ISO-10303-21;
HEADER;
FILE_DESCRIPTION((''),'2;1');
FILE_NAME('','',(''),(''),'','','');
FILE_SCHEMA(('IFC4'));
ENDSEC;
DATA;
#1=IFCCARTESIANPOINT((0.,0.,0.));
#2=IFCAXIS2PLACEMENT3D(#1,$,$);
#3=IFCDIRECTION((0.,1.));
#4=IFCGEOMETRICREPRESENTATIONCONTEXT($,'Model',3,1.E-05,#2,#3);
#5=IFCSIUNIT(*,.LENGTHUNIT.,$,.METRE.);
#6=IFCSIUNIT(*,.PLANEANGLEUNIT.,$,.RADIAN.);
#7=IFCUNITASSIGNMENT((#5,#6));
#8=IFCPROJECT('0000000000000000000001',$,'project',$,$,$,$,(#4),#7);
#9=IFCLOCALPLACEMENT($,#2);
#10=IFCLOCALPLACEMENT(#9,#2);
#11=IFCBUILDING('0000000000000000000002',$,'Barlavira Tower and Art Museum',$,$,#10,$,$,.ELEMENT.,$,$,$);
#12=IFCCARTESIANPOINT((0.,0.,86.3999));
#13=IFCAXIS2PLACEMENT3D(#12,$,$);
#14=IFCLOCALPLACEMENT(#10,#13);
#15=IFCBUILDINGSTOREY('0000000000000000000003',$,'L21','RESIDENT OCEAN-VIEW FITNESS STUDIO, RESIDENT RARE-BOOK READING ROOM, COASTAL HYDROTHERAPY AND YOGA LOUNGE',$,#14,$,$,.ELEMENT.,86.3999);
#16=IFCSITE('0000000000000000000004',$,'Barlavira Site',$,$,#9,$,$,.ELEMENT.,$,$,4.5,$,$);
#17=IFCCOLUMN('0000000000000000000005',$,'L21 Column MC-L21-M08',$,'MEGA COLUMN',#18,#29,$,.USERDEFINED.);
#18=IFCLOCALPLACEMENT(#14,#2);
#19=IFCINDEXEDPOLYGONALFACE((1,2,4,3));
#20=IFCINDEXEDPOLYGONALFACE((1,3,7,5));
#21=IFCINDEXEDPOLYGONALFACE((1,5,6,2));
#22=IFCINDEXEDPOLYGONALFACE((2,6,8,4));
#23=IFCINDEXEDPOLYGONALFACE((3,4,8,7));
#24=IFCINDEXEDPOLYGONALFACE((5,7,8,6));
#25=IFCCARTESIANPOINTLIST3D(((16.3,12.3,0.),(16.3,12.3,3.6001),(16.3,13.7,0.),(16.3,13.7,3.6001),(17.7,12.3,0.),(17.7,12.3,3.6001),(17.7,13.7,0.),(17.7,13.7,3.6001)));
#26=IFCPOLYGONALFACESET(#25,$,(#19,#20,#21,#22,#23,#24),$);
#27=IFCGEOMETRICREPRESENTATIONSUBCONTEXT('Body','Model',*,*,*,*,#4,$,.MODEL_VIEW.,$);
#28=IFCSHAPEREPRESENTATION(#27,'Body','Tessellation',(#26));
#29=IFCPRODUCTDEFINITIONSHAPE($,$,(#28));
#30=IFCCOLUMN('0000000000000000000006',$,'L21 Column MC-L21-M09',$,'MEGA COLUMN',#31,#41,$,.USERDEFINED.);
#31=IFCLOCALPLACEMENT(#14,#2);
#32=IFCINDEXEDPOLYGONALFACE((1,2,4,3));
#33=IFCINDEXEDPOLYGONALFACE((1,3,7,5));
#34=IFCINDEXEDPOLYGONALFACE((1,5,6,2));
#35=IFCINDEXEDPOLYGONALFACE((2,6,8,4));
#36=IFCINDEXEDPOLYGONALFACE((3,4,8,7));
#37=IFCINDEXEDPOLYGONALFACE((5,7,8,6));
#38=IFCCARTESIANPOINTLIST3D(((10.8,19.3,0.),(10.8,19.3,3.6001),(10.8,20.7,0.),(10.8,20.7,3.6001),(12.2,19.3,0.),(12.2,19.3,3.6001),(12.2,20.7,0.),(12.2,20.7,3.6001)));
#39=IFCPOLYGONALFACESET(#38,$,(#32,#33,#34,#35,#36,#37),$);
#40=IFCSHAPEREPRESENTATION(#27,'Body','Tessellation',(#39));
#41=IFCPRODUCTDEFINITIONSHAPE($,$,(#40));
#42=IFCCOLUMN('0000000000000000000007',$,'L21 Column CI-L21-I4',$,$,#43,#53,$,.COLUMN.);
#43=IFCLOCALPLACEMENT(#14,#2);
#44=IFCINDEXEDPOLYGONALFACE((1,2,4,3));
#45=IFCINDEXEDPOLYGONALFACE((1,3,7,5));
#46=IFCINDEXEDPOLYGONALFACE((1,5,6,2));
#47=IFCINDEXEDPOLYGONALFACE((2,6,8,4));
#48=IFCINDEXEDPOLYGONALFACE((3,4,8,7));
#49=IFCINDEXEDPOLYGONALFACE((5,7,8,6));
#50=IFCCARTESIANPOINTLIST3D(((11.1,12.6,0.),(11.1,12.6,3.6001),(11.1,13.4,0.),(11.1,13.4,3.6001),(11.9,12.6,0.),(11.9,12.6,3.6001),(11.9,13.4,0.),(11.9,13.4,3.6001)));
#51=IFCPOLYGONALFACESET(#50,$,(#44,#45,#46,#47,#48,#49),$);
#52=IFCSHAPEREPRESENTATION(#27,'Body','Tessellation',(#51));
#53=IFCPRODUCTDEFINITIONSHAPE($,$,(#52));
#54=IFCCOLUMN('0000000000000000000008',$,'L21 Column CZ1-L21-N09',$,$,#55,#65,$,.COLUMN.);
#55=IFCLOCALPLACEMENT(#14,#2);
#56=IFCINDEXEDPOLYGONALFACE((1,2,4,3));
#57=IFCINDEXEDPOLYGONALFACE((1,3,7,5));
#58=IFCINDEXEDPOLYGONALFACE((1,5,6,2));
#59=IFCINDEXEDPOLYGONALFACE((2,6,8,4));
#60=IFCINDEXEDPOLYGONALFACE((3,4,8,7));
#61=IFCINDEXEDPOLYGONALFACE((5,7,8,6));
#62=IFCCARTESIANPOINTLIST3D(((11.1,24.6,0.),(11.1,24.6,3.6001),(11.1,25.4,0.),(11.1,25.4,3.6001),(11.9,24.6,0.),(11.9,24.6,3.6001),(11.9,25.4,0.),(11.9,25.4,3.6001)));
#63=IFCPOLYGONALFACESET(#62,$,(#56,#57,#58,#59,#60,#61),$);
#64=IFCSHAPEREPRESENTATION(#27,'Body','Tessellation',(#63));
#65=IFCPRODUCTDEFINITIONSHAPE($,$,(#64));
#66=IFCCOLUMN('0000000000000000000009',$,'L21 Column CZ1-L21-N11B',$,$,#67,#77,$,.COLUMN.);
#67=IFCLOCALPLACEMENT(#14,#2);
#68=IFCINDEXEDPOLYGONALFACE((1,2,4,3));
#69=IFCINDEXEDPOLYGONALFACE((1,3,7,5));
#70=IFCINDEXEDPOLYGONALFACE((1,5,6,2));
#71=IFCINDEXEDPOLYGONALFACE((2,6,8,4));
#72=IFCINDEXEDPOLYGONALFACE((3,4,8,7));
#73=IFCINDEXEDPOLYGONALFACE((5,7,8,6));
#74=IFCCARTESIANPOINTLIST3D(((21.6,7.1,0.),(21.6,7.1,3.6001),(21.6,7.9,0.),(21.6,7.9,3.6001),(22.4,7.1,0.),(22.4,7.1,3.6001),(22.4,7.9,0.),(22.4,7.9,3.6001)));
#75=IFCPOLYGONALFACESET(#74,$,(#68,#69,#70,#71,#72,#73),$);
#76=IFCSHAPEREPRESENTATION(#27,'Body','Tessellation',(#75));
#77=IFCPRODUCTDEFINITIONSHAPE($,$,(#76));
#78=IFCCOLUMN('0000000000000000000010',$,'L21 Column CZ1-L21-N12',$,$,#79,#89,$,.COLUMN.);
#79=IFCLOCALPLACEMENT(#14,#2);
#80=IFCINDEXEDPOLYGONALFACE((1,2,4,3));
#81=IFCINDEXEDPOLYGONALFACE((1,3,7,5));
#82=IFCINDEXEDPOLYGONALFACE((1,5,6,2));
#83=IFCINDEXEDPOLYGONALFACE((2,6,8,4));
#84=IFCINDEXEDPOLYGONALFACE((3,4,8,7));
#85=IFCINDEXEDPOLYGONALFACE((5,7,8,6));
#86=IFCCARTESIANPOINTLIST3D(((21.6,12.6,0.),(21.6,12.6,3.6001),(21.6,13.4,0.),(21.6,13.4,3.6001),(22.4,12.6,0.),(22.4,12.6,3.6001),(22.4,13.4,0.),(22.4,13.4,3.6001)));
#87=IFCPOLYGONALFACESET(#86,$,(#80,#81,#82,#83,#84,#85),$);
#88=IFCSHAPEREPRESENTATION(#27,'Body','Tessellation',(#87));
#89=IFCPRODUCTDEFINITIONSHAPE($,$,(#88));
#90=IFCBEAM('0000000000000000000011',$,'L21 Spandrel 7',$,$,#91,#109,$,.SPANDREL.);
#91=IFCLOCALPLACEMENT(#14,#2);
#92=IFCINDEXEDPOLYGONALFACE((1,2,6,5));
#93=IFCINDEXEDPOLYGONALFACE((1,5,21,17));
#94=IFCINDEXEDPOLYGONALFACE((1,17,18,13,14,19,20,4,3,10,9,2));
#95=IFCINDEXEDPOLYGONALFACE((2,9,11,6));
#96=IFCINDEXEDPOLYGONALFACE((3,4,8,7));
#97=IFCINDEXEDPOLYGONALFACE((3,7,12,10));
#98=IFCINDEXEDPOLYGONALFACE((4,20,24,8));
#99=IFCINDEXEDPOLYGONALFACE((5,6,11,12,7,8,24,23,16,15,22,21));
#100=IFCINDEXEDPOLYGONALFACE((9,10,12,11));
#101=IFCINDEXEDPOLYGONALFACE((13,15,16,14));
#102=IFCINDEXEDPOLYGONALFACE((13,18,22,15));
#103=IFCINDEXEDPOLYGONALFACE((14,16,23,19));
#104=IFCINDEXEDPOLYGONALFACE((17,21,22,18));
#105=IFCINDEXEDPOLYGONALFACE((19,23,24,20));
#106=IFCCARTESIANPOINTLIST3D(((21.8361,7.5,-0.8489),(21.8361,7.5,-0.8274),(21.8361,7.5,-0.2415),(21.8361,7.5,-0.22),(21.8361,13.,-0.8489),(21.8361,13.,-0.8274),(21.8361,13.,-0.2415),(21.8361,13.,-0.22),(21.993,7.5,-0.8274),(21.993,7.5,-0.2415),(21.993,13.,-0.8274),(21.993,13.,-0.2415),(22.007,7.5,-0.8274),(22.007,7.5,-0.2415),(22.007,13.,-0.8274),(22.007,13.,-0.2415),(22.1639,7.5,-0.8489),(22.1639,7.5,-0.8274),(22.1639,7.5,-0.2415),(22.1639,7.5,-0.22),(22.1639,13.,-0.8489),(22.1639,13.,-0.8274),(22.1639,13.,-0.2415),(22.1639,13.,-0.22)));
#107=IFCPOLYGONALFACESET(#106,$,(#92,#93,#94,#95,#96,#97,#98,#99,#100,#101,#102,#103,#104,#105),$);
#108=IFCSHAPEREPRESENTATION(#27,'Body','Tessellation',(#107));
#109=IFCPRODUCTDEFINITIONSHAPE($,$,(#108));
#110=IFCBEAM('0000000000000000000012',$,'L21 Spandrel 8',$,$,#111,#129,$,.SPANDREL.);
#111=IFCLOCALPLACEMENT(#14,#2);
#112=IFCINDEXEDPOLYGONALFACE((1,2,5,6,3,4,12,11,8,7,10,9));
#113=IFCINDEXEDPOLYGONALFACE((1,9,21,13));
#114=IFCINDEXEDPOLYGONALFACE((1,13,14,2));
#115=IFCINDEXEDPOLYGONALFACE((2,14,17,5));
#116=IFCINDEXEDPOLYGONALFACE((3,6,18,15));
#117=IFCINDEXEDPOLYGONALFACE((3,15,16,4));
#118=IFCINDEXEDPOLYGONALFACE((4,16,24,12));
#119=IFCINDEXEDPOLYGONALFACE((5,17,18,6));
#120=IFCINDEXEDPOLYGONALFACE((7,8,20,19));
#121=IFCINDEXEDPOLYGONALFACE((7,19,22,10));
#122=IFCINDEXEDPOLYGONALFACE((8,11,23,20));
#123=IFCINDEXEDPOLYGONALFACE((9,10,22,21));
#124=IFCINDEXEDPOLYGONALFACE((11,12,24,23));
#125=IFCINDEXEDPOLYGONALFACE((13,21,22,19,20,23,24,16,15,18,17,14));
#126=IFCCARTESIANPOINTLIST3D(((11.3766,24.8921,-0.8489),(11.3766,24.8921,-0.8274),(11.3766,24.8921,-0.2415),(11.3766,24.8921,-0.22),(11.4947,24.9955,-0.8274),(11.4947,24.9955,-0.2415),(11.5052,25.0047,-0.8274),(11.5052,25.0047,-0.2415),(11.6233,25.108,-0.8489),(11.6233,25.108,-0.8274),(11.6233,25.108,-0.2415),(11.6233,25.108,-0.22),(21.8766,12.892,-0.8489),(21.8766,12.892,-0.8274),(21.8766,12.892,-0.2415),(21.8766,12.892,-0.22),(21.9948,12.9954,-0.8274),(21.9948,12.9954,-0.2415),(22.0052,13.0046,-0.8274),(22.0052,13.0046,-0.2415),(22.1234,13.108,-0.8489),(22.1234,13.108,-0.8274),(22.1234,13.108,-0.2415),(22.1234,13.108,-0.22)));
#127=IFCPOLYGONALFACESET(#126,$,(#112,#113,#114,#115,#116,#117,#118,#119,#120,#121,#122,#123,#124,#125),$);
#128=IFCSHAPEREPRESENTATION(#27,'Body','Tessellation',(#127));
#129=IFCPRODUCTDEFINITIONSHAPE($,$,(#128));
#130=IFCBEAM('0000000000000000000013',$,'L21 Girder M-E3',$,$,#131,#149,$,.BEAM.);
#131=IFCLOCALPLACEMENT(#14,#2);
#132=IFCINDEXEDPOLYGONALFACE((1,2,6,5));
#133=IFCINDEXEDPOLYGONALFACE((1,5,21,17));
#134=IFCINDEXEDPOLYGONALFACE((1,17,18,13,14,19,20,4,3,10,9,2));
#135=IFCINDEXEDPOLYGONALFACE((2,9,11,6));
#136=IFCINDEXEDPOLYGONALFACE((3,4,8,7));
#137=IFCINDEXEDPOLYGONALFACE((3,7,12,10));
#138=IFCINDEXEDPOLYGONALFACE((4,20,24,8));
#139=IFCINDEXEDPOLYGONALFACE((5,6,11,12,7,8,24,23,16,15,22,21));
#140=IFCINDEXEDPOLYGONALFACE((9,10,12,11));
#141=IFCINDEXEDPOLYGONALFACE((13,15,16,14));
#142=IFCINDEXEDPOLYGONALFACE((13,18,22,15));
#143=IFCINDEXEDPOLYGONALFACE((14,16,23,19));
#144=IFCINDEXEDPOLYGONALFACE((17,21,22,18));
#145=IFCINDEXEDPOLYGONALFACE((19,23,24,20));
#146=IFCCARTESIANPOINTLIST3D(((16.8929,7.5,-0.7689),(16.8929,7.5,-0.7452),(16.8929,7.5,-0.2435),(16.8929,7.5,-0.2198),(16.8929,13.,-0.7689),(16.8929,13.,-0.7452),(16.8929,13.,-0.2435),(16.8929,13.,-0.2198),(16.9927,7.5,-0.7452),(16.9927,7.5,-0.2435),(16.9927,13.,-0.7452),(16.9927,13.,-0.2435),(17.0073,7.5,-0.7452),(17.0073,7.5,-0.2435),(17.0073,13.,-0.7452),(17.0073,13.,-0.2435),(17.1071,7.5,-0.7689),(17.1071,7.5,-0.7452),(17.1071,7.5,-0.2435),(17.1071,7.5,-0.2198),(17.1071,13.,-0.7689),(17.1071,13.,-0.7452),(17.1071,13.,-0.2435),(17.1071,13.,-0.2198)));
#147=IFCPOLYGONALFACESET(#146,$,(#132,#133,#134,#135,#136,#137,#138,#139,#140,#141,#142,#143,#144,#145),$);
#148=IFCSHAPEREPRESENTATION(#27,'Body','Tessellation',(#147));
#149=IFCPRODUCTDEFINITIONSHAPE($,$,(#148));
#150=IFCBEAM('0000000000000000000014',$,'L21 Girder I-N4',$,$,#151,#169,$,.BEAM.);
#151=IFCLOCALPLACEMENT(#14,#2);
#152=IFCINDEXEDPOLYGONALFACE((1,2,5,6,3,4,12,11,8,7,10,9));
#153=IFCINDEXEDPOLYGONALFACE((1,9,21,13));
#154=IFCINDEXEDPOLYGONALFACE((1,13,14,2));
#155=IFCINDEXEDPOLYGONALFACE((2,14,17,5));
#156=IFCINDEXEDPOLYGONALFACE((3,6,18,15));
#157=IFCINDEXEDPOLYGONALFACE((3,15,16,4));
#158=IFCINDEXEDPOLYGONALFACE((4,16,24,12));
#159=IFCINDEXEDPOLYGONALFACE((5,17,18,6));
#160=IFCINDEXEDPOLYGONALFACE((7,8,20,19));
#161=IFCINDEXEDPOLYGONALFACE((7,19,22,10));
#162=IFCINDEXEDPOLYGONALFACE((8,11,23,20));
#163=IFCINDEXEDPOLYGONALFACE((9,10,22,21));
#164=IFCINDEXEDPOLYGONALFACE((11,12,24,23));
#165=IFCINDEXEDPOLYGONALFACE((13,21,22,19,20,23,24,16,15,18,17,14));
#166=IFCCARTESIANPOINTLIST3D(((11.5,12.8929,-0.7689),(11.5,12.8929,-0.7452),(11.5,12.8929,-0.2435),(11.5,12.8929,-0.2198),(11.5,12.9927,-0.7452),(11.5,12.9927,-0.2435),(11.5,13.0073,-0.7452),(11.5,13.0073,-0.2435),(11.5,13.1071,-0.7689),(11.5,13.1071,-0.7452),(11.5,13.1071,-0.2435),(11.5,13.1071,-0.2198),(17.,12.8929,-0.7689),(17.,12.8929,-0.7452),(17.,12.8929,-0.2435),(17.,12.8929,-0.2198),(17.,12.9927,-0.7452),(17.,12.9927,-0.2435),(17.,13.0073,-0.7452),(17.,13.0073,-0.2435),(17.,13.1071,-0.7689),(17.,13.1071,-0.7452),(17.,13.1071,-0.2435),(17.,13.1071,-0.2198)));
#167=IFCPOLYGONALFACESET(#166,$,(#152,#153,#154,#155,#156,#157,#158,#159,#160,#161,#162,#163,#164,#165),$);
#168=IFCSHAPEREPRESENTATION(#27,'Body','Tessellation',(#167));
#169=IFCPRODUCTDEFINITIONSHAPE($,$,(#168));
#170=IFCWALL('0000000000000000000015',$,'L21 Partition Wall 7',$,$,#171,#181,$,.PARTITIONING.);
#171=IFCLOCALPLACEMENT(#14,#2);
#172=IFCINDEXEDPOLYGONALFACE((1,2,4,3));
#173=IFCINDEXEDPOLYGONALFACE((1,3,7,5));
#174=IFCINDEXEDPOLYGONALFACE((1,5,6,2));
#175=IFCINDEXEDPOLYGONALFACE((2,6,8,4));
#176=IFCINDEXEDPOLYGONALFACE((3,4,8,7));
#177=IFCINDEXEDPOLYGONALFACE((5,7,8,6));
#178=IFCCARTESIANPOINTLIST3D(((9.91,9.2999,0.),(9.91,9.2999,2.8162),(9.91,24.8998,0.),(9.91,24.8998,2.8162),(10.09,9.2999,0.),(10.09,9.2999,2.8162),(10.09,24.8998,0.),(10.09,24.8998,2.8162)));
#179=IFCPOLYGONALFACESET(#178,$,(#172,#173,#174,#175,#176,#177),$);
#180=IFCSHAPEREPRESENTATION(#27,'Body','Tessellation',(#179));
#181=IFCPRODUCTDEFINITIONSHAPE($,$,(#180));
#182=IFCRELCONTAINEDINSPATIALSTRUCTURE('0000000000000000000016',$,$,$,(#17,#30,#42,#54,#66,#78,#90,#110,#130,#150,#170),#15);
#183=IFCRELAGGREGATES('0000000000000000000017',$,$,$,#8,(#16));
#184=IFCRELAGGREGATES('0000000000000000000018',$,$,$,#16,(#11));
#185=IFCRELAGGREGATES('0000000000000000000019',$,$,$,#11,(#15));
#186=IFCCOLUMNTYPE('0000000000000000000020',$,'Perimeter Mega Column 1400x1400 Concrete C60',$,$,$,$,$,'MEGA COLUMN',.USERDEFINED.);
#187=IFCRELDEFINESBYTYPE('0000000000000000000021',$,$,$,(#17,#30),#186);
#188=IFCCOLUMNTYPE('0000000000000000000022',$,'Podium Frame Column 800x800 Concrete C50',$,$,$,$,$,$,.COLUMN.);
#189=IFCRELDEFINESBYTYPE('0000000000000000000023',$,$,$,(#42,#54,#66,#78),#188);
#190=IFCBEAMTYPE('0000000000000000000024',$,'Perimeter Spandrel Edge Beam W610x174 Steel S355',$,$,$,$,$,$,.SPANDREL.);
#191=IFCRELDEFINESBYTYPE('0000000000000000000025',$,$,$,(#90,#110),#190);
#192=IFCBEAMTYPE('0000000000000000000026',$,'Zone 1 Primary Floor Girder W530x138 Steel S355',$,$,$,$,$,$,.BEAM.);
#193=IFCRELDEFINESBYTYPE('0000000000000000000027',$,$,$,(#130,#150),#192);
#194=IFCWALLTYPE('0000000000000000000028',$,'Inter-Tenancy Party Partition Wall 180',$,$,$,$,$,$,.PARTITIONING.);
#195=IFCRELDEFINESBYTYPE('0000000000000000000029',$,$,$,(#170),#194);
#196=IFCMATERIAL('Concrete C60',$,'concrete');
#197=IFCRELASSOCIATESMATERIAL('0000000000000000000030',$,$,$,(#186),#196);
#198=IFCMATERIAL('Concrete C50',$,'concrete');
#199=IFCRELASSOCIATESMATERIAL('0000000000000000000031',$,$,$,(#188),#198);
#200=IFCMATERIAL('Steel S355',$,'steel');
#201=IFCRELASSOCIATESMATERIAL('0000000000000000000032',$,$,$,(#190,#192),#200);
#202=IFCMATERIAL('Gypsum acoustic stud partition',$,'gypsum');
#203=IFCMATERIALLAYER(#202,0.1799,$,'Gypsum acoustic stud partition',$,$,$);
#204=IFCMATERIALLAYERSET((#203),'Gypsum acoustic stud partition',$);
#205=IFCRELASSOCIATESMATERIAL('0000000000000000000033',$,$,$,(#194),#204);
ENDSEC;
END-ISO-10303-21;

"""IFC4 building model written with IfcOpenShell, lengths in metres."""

from ifc_helpers import new_model, si_unit, direction, frame, frame_2d, origin, origin_2d, place, context, subcontext, project, spatial, rectangle, i_section, extrude, material, layer, layer_set, material_profile, profile_set, type_object, element, save


model = new_model("IFC4")

# Units and contexts
model_context = context("Model", 3, precision=1e-05, world=origin(), true_north=direction((0.0, 1.0)))
body_context = subcontext(model_context, "Body", "Model", "MODEL_VIEW")
ifc_project = project(units=[si_unit("LENGTHUNIT", "METRE"), si_unit("PLANEANGLEUNIT", "RADIAN")], contexts=[model_context])

# Site, building, storey
site_placement = place(None, origin())
site = spatial("IfcSite", under=ifc_project, at=site_placement, Name="Barlavira Site", CompositionType="ELEMENT", RefElevation=4.5)
building_placement = place(site_placement, origin())
building = spatial("IfcBuilding", under=site, at=building_placement, Name="Barlavira Tower and Art Museum", CompositionType="ELEMENT")
storey_placement = place(building_placement, frame((0.0, 0.0, 86.3999)))
storey = spatial("IfcBuildingStorey", under=building, at=storey_placement, Name="L21", Description="RESIDENT OCEAN-VIEW FITNESS STUDIO, RESIDENT RARE-BOOK READING ROOM, COASTAL HYDROTHERAPY AND YOGA LOUNGE", CompositionType="ELEMENT", Elevation=86.3999)

# Columns
ifc_material_1 = material(Name="Concrete C60", Category="concrete")
ifc_material_profile_1 = material_profile(ifc_material_1, rectangle(XDim=1.3999, YDim=1.3999, at=origin_2d()), Name="RC-MCOL 1400x1400")
ifc_profile_set_1 = profile_set([ifc_material_profile_1], Name="Concrete C60")
column_type_1 = type_object("IfcColumnType", Name="Perimeter Mega Column 1400x1400 Concrete C60", ElementType="MEGA COLUMN", PredefinedType="USERDEFINED", material=ifc_profile_set_1)
for number, where, z_axis, x_axis, name in (
    (1, (17.0, 13.0, 0.0), (0.0, 0.0, 1.0), (1.0, 0.0, 0.0), "L21 Column MC-L21-M08"),
    (2, (11.5, 20.0, 0.0), (0.0, 0.0, 1.0), (1.0, 0.0, 0.0), "L21 Column MC-L21-M09"),
):
    element("IfcColumn", number, at=place(storey_placement, frame(where, z_axis=z_axis, x_axis=x_axis)), inside=storey, type_object=column_type_1, Name=name, ObjectType="MEGA COLUMN", PredefinedType="USERDEFINED", context=body_context, shape_type="SweptSolid", body=[
        extrude(rectangle(XDim=1.3999, YDim=1.3999, at=origin_2d()), origin(), (0.0, 0.0, 1.0), 3.6001),
    ])
ifc_material_2 = material(Name="Concrete C50", Category="concrete")
ifc_material_profile_2 = material_profile(ifc_material_2, rectangle(XDim=0.8, YDim=0.8, at=origin_2d()), Name="RC-COL 800x800")
ifc_profile_set_2 = profile_set([ifc_material_profile_2], Name="Concrete C50")
column_type_2 = type_object("IfcColumnType", Name="Podium Frame Column 800x800 Concrete C50", PredefinedType="COLUMN", material=ifc_profile_set_2)
for number, where, z_axis, x_axis, name in (
    (3, (11.5, 13.0, 0.0), (0.0, 0.0, 1.0), (1.0, 0.0, 0.0), "L21 Column CI-L21-I4"),
    (4, (11.5, 25.0, 0.0), (0.0, 0.0, 1.0), (1.0, 0.0, 0.0), "L21 Column CZ1-L21-N09"),
    (5, (22.0, 7.5, 0.0), (0.0, 0.0, 1.0), (1.0, 0.0, 0.0), "L21 Column CZ1-L21-N11B"),
    (6, (22.0, 13.0, 0.0), (0.0, 0.0, 1.0), (1.0, 0.0, 0.0), "L21 Column CZ1-L21-N12"),
):
    element("IfcColumn", number, at=place(storey_placement, frame(where, z_axis=z_axis, x_axis=x_axis)), inside=storey, type_object=column_type_2, Name=name, PredefinedType="COLUMN", context=body_context, shape_type="SweptSolid", body=[
        extrude(rectangle(XDim=0.8, YDim=0.8, at=origin_2d()), origin(), (0.0, 0.0, 1.0), 3.6001),
    ])

# Beams
ifc_material_3 = material(Name="Steel S355", Category="steel")
ifc_material_profile_3 = material_profile(ifc_material_3, i_section(OverallWidth=0.3279, OverallDepth=0.6289, WebThickness=0.0139, FlangeThickness=0.0215, at=origin_2d()), Name="W610x174.0")
ifc_profile_set_3 = profile_set([ifc_material_profile_3], Name="Steel S355")
beam_type_1 = type_object("IfcBeamType", Name="Perimeter Spandrel Edge Beam W610x174 Steel S355", PredefinedType="SPANDREL", material=ifc_profile_set_3)
beam_1_placement = place(storey_placement, frame((22.0, 7.5, -0.5344), z_axis=(0.0, 1.0, 0.0), x_axis=(-1.0, 0.0, 0.0)))
element("IfcBeam", 7, at=beam_1_placement, inside=storey, type_object=beam_type_1, Name="L21 Spandrel 7", PredefinedType="SPANDREL", context=body_context, shape_type="SweptSolid", body=[
    extrude(i_section(OverallWidth=0.3279, OverallDepth=0.6289, WebThickness=0.0139, FlangeThickness=0.0215, at=origin_2d()), origin(), (0.0, 0.0, 1.0), 5.5),
])
beam_2_placement = place(storey_placement, frame((22.0, 13.0, -0.5344), z_axis=(-0.658505, 0.752577, 0.0), x_axis=(-0.752577, -0.658505, 0.0)))
element("IfcBeam", 8, at=beam_2_placement, inside=storey, type_object=beam_type_1, Name="L21 Spandrel 8", PredefinedType="SPANDREL", context=body_context, shape_type="SweptSolid", body=[
    extrude(i_section(OverallWidth=0.3279, OverallDepth=0.6289, WebThickness=0.0139, FlangeThickness=0.0215, at=origin_2d()), origin(), (0.0, 0.0, 1.0), 15.9453),
])
ifc_material_profile_4 = material_profile(ifc_material_3, i_section(OverallWidth=0.2141, OverallDepth=0.5491, WebThickness=0.0146, FlangeThickness=0.0237, at=origin_2d()), Name="W530x138.0")
ifc_profile_set_4 = profile_set([ifc_material_profile_4], Name="Steel S355")
beam_type_2 = type_object("IfcBeamType", Name="Zone 1 Primary Floor Girder W530x138 Steel S355", PredefinedType="BEAM", material=ifc_profile_set_4)
for number, where, z_axis, x_axis, name in (
    (9, (17.0, 7.5, -0.4944), (0.0, 1.0, 0.0), (-1.0, 0.0, 0.0), "L21 Girder M-E3"),
    (10, (11.5, 13.0, -0.4944), (1.0, 0.0, 0.0), (0.0, 1.0, 0.0), "L21 Girder I-N4"),
):
    element("IfcBeam", number, at=place(storey_placement, frame(where, z_axis=z_axis, x_axis=x_axis)), inside=storey, type_object=beam_type_2, Name=name, PredefinedType="BEAM", context=body_context, shape_type="SweptSolid", body=[
        extrude(i_section(OverallWidth=0.2141, OverallDepth=0.5491, WebThickness=0.0146, FlangeThickness=0.0237, at=origin_2d()), origin(), (0.0, 0.0, 1.0), 5.5),
    ])

# Wall
ifc_material_4 = material(Name="Gypsum acoustic stud partition", Category="gypsum")
ifc_layer_1 = layer(ifc_material_4, 0.1799, Name="Gypsum acoustic stud partition")
ifc_layer_set_1 = layer_set([ifc_layer_1], Name="Gypsum acoustic stud partition")
wall_type_1 = type_object("IfcWallType", Name="Inter-Tenancy Party Partition Wall 180", PredefinedType="PARTITIONING", material=ifc_layer_set_1)
wall_1_placement = place(storey_placement, frame((10.0, 9.3, 0.0), z_axis=(0.0, 0.0, 1.0), x_axis=(0.0, 1.0, 0.0)))
element("IfcWall", 11, at=wall_1_placement, inside=storey, type_object=wall_type_1, Name="L21 Partition Wall 7", PredefinedType="PARTITIONING", context=body_context, shape_type="SweptSolid", body=[
    extrude(rectangle(XDim=15.5999, YDim=0.1799, at=frame_2d((7.7998, 0.0))), origin(), (0.0, 0.0, 1.0), 2.8162),
])

save(model, "model.ifc")
